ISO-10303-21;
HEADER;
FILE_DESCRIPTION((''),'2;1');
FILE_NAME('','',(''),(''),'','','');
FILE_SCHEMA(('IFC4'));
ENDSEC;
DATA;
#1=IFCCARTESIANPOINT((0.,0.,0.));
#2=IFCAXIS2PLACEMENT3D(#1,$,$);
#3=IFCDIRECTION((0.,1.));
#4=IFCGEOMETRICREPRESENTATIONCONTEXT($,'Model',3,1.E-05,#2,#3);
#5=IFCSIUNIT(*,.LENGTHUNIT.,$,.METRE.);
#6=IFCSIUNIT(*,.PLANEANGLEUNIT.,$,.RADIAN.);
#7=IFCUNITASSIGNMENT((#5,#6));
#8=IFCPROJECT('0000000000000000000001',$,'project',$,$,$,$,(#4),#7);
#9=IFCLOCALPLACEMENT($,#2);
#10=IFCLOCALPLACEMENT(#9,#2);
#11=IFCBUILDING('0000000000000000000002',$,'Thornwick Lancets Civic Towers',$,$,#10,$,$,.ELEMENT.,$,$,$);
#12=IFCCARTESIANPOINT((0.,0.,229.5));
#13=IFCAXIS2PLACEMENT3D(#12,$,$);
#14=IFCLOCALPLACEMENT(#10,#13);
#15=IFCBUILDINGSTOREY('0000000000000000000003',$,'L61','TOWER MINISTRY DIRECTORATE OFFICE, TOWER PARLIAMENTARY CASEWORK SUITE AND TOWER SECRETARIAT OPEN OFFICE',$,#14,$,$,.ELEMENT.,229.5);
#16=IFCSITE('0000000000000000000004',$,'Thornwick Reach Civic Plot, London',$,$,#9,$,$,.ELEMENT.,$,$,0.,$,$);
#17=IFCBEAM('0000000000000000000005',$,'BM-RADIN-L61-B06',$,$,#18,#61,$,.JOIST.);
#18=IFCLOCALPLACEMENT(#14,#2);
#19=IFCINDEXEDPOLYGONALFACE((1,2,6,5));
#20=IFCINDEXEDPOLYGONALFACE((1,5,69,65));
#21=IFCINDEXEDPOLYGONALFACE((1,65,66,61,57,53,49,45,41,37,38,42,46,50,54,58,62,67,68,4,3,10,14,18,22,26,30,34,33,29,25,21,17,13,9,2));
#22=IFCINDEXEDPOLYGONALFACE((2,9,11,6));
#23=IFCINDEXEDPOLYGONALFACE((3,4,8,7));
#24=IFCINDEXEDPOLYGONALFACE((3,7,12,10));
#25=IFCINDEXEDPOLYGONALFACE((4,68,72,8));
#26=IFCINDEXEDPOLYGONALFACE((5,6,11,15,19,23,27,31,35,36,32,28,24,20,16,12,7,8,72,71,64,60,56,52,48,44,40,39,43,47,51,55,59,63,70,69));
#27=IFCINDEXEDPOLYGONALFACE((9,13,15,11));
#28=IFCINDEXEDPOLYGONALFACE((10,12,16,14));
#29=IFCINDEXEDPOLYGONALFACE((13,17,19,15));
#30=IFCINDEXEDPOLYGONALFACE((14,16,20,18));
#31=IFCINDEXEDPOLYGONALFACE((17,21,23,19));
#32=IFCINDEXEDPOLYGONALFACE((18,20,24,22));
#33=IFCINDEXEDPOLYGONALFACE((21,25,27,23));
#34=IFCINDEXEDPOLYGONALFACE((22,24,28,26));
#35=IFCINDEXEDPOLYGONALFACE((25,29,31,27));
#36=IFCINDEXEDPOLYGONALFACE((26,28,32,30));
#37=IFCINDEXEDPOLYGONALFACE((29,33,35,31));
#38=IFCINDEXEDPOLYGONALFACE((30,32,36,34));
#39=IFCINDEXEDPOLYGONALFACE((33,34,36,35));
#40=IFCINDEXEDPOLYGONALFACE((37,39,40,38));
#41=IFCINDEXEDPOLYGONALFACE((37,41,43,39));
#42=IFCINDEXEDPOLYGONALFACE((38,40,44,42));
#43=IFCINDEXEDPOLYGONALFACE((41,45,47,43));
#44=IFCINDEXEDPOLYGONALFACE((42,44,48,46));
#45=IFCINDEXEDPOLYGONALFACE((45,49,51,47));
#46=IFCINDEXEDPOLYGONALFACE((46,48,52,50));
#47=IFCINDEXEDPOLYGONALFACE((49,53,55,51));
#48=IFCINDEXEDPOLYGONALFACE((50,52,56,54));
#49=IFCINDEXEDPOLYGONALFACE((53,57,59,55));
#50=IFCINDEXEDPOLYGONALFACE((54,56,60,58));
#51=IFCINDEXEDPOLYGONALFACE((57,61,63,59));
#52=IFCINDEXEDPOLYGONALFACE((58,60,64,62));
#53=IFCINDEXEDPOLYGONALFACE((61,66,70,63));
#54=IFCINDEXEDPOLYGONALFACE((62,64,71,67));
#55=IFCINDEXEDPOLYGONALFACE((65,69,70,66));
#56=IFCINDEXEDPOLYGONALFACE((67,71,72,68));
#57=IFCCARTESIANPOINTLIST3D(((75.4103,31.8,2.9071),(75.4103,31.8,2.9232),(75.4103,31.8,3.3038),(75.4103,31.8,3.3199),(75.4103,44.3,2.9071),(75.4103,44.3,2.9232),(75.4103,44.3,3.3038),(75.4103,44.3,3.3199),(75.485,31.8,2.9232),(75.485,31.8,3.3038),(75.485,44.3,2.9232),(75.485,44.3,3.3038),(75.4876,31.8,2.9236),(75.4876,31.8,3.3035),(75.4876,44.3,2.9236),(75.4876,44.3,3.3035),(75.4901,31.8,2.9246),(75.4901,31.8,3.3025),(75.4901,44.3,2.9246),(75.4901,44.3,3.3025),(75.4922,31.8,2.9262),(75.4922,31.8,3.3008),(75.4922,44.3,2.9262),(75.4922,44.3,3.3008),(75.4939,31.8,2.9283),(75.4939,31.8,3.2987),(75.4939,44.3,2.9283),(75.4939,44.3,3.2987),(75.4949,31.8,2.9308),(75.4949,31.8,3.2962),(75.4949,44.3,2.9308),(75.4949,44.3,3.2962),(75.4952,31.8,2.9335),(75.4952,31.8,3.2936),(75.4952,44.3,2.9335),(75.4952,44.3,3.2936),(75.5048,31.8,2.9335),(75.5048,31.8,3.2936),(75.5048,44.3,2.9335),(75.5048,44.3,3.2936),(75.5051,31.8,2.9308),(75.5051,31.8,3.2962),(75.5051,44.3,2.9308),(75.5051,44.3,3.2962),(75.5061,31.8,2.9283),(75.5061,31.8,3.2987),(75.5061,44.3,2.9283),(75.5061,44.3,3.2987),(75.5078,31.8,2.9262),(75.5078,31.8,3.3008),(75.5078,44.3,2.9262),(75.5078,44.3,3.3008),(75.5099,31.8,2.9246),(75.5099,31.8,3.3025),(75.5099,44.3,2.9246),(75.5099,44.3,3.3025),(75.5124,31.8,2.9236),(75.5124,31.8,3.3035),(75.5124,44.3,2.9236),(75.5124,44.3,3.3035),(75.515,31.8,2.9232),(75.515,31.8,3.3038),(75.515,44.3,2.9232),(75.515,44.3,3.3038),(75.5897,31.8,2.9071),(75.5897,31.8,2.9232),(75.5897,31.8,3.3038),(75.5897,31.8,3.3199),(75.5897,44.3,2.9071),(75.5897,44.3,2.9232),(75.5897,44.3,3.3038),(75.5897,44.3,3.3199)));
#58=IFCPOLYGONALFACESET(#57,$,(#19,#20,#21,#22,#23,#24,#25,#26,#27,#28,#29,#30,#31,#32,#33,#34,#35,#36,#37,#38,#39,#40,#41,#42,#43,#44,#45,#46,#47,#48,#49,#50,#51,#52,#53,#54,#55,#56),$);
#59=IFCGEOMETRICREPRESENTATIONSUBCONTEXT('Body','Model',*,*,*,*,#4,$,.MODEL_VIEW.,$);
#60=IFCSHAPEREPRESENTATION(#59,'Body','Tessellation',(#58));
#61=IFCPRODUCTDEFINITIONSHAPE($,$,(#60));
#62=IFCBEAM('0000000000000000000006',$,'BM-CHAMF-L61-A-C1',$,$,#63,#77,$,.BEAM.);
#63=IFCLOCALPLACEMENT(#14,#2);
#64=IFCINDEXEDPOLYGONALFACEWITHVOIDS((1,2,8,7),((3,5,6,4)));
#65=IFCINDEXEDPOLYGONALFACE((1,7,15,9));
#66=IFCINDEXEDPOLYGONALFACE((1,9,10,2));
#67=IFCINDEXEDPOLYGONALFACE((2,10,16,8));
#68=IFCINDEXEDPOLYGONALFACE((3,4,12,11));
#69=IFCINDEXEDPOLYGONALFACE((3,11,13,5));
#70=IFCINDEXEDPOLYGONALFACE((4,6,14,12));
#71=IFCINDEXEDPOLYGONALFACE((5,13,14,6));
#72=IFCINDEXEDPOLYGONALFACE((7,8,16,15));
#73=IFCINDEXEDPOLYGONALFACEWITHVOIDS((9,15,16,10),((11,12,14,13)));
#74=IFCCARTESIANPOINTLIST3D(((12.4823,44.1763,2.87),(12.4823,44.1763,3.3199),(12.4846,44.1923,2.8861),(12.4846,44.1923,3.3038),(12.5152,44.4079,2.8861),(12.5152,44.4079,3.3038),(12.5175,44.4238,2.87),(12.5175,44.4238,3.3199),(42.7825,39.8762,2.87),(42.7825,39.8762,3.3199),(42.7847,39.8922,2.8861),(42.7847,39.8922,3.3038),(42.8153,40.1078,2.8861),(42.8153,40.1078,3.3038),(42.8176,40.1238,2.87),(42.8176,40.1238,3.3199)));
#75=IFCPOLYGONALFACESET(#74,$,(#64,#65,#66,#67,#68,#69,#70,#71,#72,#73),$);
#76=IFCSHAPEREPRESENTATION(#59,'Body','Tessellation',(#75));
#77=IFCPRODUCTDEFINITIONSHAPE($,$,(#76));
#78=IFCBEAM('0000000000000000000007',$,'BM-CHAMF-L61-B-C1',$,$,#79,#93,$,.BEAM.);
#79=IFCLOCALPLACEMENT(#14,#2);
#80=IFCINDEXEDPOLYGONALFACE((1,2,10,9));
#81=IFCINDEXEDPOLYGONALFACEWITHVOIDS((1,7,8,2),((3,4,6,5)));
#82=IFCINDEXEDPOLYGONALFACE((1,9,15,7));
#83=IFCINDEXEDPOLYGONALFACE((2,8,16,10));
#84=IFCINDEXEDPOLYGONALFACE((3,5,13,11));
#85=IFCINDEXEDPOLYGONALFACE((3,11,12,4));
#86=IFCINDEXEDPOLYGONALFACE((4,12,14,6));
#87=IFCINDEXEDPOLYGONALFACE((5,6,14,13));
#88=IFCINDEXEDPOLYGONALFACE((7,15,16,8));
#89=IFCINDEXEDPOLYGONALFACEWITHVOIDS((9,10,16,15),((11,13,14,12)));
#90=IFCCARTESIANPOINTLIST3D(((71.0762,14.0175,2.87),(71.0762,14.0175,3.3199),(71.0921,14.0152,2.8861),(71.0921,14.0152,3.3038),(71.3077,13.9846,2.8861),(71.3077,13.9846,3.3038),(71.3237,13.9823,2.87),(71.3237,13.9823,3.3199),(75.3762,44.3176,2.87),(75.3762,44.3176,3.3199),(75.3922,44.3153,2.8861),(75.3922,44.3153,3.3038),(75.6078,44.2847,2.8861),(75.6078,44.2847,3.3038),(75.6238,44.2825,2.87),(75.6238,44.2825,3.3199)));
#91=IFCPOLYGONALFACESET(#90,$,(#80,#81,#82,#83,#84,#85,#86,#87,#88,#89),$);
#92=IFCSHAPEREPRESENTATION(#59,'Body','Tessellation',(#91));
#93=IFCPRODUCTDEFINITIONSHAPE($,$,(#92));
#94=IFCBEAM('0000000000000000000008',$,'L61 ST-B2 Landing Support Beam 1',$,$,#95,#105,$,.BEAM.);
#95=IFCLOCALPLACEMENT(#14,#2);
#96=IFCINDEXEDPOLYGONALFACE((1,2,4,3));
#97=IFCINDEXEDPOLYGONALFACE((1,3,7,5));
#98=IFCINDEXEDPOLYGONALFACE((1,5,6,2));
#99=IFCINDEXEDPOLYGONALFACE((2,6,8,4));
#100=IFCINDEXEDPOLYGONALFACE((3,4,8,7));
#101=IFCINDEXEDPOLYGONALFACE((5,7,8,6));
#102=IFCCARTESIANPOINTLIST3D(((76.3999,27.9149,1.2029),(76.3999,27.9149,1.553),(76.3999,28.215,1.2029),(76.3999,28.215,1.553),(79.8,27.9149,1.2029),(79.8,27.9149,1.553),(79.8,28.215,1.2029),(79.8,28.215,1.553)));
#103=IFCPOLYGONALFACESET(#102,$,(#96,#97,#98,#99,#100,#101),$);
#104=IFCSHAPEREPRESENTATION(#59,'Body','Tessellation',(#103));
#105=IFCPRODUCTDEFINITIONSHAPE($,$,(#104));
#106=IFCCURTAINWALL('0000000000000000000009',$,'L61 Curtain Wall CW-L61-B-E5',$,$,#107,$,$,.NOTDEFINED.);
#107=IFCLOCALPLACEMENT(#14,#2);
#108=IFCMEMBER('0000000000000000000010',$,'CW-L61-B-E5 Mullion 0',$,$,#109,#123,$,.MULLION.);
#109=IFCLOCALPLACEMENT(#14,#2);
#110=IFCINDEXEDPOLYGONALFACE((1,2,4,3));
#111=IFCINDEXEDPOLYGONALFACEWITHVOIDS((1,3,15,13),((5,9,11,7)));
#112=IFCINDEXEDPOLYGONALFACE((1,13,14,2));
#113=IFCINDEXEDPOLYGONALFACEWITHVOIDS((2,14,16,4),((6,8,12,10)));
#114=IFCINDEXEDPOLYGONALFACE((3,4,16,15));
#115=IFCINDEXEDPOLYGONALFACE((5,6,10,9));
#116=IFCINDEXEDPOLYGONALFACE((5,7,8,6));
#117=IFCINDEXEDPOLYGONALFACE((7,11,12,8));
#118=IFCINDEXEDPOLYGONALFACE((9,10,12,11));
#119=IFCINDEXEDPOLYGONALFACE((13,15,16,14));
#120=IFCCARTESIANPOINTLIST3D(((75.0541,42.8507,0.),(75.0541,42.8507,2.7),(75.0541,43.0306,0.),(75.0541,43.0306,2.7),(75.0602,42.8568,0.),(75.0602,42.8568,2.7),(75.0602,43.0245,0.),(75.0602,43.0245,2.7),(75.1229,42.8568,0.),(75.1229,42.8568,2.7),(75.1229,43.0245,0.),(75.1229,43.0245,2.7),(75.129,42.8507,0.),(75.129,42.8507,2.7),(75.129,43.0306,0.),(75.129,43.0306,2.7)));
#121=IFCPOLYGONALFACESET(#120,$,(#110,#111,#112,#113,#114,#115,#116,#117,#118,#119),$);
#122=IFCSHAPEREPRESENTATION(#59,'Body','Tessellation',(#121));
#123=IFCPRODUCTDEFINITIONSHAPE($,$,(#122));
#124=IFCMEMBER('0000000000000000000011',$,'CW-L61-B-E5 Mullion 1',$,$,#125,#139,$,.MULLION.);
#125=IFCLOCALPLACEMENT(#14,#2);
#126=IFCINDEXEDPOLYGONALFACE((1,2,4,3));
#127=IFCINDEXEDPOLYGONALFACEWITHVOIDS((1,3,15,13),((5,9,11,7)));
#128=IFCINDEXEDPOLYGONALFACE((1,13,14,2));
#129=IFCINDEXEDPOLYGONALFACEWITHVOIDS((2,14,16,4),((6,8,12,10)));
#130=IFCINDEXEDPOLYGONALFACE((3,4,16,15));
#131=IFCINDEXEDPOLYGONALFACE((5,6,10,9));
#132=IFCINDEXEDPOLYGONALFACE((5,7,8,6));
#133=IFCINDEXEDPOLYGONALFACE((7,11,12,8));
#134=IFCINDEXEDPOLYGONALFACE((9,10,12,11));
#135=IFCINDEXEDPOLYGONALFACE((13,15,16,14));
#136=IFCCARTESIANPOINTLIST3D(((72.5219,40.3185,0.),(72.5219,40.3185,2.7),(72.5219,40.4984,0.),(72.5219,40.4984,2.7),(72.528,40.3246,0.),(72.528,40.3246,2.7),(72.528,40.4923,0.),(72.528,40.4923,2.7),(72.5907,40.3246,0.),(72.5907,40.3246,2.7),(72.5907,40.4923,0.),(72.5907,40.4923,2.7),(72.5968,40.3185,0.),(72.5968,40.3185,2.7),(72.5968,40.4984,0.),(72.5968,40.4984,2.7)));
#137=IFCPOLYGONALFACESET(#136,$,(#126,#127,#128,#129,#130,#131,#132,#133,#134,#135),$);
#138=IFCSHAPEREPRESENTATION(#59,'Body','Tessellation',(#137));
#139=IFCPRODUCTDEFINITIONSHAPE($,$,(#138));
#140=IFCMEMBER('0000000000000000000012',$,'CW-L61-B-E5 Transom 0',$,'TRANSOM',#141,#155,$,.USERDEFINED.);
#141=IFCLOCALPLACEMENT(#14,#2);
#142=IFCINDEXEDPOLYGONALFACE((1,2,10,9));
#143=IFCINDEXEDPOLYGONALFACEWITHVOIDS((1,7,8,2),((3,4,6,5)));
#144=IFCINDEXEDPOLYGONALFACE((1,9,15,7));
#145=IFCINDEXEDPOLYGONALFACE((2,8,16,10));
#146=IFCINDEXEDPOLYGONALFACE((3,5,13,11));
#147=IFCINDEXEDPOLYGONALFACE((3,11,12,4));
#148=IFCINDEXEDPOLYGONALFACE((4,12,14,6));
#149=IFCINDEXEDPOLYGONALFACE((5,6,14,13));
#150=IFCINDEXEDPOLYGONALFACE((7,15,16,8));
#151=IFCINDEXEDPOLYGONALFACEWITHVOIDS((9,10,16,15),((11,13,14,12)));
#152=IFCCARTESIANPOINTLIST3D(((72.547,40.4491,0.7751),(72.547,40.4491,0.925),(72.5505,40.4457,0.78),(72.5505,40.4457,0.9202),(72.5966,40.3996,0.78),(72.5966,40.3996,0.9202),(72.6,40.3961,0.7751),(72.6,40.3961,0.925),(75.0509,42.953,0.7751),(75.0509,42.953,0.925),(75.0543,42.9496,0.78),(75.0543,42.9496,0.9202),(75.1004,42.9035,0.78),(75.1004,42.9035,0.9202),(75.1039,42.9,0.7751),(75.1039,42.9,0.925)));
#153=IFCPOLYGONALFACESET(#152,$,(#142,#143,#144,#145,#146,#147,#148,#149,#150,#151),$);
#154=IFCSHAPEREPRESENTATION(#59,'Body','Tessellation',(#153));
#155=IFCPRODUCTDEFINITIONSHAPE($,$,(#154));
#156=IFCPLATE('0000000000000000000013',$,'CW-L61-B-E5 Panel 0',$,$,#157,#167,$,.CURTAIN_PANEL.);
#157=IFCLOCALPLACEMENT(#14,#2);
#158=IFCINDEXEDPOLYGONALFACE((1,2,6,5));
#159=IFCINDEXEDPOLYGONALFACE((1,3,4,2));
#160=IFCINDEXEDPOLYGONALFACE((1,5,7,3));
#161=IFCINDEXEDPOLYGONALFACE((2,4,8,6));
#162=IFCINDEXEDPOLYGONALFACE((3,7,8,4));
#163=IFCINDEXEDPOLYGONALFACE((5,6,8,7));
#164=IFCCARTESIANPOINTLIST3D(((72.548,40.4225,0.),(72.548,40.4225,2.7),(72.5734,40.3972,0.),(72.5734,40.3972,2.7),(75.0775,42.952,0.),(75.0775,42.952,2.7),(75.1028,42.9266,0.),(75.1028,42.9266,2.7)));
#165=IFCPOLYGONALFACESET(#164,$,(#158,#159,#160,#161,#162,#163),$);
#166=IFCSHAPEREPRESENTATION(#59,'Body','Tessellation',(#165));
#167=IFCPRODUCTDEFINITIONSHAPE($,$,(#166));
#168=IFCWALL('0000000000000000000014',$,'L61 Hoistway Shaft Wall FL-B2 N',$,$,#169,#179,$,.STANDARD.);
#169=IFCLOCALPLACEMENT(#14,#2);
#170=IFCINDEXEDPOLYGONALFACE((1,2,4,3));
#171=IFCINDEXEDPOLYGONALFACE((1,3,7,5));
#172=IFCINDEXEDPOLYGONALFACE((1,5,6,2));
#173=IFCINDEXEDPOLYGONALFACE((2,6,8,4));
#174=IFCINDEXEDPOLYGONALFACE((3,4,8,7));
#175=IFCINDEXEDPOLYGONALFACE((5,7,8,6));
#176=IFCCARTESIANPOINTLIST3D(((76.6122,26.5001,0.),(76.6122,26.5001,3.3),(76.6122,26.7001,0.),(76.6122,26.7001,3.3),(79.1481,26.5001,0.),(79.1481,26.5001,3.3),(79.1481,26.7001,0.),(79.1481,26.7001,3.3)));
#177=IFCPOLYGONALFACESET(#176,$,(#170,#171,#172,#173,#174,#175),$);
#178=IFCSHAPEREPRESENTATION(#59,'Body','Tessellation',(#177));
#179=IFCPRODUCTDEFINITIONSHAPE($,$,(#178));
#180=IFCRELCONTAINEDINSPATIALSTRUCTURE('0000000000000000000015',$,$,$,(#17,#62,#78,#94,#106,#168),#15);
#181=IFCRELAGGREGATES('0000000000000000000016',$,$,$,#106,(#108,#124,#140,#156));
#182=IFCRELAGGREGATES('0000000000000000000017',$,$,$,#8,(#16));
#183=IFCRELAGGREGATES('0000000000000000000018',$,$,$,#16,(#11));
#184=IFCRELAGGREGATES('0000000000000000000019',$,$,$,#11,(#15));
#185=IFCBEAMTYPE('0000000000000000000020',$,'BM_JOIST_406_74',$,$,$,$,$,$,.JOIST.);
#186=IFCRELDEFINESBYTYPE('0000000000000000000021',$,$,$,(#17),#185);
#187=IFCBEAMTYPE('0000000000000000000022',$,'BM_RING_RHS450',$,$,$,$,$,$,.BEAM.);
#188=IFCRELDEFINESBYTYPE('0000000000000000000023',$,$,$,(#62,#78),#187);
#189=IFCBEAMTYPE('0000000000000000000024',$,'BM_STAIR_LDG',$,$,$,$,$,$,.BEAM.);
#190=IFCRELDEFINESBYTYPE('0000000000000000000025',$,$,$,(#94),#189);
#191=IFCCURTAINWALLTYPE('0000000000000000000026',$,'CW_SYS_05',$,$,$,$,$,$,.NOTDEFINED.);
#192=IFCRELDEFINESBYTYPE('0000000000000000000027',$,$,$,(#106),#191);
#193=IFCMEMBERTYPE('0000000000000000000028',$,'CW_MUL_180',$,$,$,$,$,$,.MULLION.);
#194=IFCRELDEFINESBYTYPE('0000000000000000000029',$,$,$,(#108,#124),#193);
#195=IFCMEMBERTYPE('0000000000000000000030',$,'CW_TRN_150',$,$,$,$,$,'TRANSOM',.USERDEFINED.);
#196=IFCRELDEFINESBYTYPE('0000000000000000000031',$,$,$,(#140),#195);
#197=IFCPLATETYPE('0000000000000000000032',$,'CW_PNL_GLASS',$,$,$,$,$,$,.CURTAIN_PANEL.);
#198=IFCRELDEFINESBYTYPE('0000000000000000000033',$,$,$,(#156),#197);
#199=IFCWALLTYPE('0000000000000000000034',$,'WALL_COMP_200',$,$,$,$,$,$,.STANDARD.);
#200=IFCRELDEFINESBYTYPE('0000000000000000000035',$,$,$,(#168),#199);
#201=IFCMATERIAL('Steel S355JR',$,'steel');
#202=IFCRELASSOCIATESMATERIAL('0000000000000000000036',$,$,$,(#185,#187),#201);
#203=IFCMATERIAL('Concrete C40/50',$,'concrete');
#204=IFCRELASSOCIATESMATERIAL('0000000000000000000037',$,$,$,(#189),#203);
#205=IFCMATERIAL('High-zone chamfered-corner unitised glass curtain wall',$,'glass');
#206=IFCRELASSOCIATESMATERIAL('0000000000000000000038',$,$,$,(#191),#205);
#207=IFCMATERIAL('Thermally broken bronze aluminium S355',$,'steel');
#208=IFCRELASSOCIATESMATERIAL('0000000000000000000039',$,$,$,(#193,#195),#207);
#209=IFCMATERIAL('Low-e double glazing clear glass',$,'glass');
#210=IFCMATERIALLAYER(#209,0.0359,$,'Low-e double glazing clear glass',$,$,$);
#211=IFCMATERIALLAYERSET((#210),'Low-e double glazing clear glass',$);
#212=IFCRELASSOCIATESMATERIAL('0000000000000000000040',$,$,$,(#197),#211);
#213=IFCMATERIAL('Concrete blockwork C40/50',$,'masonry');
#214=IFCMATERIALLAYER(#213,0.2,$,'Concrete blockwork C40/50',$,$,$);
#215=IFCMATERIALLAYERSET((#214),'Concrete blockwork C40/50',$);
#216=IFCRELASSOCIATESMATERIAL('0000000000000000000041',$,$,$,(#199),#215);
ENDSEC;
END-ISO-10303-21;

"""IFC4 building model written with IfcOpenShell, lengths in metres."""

from ifc_helpers import new_model, si_unit, direction, frame, frame_2d, origin, origin_2d, place, context, subcontext, project, spatial, rectangle, hollow_rectangle, i_section, extrude, material, layer, layer_set, material_profile, profile_set, type_object, element, aggregate, save


model = new_model("IFC4")

# Units and contexts
model_context = context("Model", 3, precision=1e-05, world=origin(), true_north=direction((0.0, 1.0)))
body_context = subcontext(model_context, "Body", "Model", "MODEL_VIEW")
ifc_project = project(units=[si_unit("LENGTHUNIT", "METRE"), si_unit("PLANEANGLEUNIT", "RADIAN")], contexts=[model_context])

# Site, building, storey
site_placement = place(None, origin())
site = spatial("IfcSite", under=ifc_project, at=site_placement, Name="Thornwick Reach Civic Plot, London", CompositionType="ELEMENT", RefElevation=0.0)
building_placement = place(site_placement, origin())
building = spatial("IfcBuilding", under=site, at=building_placement, Name="Thornwick Lancets Civic Towers", CompositionType="ELEMENT")
storey_placement = place(building_placement, frame((0.0, 0.0, 229.5)))
storey = spatial("IfcBuildingStorey", under=building, at=storey_placement, Name="L61", Description="TOWER MINISTRY DIRECTORATE OFFICE, TOWER PARLIAMENTARY CASEWORK SUITE AND TOWER SECRETARIAT OPEN OFFICE", CompositionType="ELEMENT", Elevation=229.5)

# Beams
ifc_material_1 = material(Name="Steel S355JR", Category="steel")
ifc_material_profile_1 = material_profile(ifc_material_1, i_section(OverallWidth=0.1794, OverallDepth=0.4128, WebThickness=0.0095, FlangeThickness=0.0161, FilletRadius=0.0103, at=origin_2d()), Name="UKB 406x178x74")
ifc_profile_set_1 = profile_set([ifc_material_profile_1], Name="Steel S355JR")
beam_type_1 = type_object("IfcBeamType", Name="BM_JOIST_406_74", PredefinedType="JOIST", material=ifc_profile_set_1)
beam_1_placement = place(storey_placement, frame((75.5, 31.8, 3.1135), z_axis=(0.0, 1.0, 0.0), x_axis=(-1.0, 0.0, 0.0)))
element("IfcBeam", 1, at=beam_1_placement, inside=storey, type_object=beam_type_1, Name="BM-RADIN-L61-B06", PredefinedType="JOIST", context=body_context, shape_type="SweptSolid", body=[
    extrude(i_section(OverallWidth=0.1794, OverallDepth=0.4128, WebThickness=0.0095, FlangeThickness=0.0161, FilletRadius=0.0103, at=origin_2d()), origin(), (0.0, 0.0, 1.0), 12.5),
])
ifc_material_profile_2 = material_profile(ifc_material_1, hollow_rectangle(XDim=0.25, YDim=0.45, WallThickness=0.0161, at=origin_2d()), Name="RHS 450x250x16")
ifc_profile_set_2 = profile_set([ifc_material_profile_2], Name="Steel S355JR")
beam_type_2 = type_object("IfcBeamType", Name="BM_RING_RHS450", PredefinedType="BEAM", material=ifc_profile_set_2)
for number, where, z_axis, x_axis, name in (
    (2, (42.8, 40.0, 3.095), (-0.99008, 0.140508, 0.0), (-0.140508, -0.99008, 0.0), "BM-CHAMF-L61-A-C1"),
    (3, (75.5, 44.3, 3.095), (-0.140508, -0.99008, 0.0), (0.99008, -0.140508, 0.0), "BM-CHAMF-L61-B-C1"),
):
    element("IfcBeam", number, at=place(storey_placement, frame(where, z_axis=z_axis, x_axis=x_axis)), inside=storey, type_object=beam_type_2, Name=name, PredefinedType="BEAM", context=body_context, shape_type="SweptSolid", body=[
        extrude(hollow_rectangle(XDim=0.25, YDim=0.45, WallThickness=0.0161, at=origin_2d()), origin(), (0.0, 0.0, 1.0), 30.6038),
    ])
ifc_material_2 = material(Name="Concrete C40/50", Category="concrete")
ifc_material_profile_3 = material_profile(ifc_material_2, rectangle(XDim=0.3, YDim=0.3501, at=origin_2d()), Name="RC 300x350")
ifc_profile_set_3 = profile_set([ifc_material_profile_3], Name="Concrete C40/50")
beam_type_3 = type_object("IfcBeamType", Name="BM_STAIR_LDG", PredefinedType="BEAM", material=ifc_profile_set_3)
beam_2_placement = place(storey_placement, frame((76.3999, 28.0649, 1.3779), z_axis=(1.0, 0.0, 0.0), x_axis=(0.0, 1.0, 0.0)))
element("IfcBeam", 4, at=beam_2_placement, inside=storey, type_object=beam_type_3, Name="L61 ST-B2 Landing Support Beam 1", PredefinedType="BEAM", context=body_context, shape_type="SweptSolid", body=[
    extrude(rectangle(XDim=0.3, YDim=0.3501, at=origin_2d()), origin(), (0.0, 0.0, 1.0), 3.4001),
])

# Curtain wall, members, plate
ifc_material_3 = material(Name="High-zone chamfered-corner unitised glass curtain wall", Category="glass")
curtain_wall_type = type_object("IfcCurtainWallType", Name="CW_SYS_05", PredefinedType="NOTDEFINED", material=ifc_material_3)
curtain_wall_placement = place(storey_placement, origin())
curtain_wall = element("IfcCurtainWall", 5, at=curtain_wall_placement, inside=storey, type_object=curtain_wall_type, Name="L61 Curtain Wall CW-L61-B-E5", PredefinedType="NOTDEFINED")
ifc_material_4 = material(Name="Thermally broken bronze aluminium S355", Category="steel")
ifc_material_profile_4 = material_profile(ifc_material_4, hollow_rectangle(XDim=0.075, YDim=0.1799, WallThickness=0.0061, at=origin_2d()), Name="RHS 180x75x6")
ifc_profile_set_4 = profile_set([ifc_material_profile_4], Name="Thermally broken bronze aluminium S355")
member_type_1 = type_object("IfcMemberType", Name="CW_MUL_180", PredefinedType="MULLION", material=ifc_profile_set_4)
member_1_placement = place(storey_placement, frame((75.0916, 42.9407, 0.0), z_axis=(0.0, 0.0, 1.0), x_axis=(1.0, 0.0, 0.0)))
member_1 = element("IfcMember", 6, at=member_1_placement, type_object=member_type_1, Name="CW-L61-B-E5 Mullion 0", PredefinedType="MULLION", context=body_context, shape_type="SweptSolid", body=[
    extrude(hollow_rectangle(XDim=0.075, YDim=0.1799, WallThickness=0.0061, at=origin_2d()), origin(), (0.0, 0.0, 1.0), 2.7),
])
member_2_placement = place(storey_placement, frame((72.5593, 40.4084, 0.0), z_axis=(0.0, 0.0, 1.0), x_axis=(1.0, 0.0, 0.0)))
member_2 = element("IfcMember", 7, at=member_2_placement, type_object=member_type_1, Name="CW-L61-B-E5 Mullion 1", PredefinedType="MULLION", context=body_context, shape_type="SweptSolid", body=[
    extrude(hollow_rectangle(XDim=0.075, YDim=0.1799, WallThickness=0.0061, at=origin_2d()), origin(), (0.0, 0.0, 1.0), 2.7),
])
ifc_material_profile_5 = material_profile(ifc_material_4, hollow_rectangle(XDim=0.075, YDim=0.1499, WallThickness=0.0049, at=origin_2d()), Name="RHS 150x75x5")
ifc_profile_set_5 = profile_set([ifc_material_profile_5], Name="Thermally broken bronze aluminium S355")
member_type_2 = type_object("IfcMemberType", Name="CW_TRN_150", ElementType="TRANSOM", PredefinedType="USERDEFINED", material=ifc_profile_set_5)
member_3_placement = place(storey_placement, frame((75.0774, 42.9265, 0.8501), z_axis=(-0.707107, -0.707107, 0.0), x_axis=(0.707107, -0.707107, 0.0)))
member_3 = element("IfcMember", 8, at=member_3_placement, type_object=member_type_2, Name="CW-L61-B-E5 Transom 0", ObjectType="TRANSOM", PredefinedType="USERDEFINED", context=body_context, shape_type="SweptSolid", body=[
    extrude(hollow_rectangle(XDim=0.075, YDim=0.1499, WallThickness=0.0049, at=origin_2d()), origin(), (0.0, 0.0, 1.0), 3.541),
])
ifc_material_5 = material(Name="Low-e double glazing clear glass", Category="glass")
ifc_layer_1 = layer(ifc_material_5, 0.0359, Name="Low-e double glazing clear glass")
ifc_layer_set_1 = layer_set([ifc_layer_1], Name="Low-e double glazing clear glass")
plate_type = type_object("IfcPlateType", Name="CW_PNL_GLASS", PredefinedType="CURTAIN_PANEL", material=ifc_layer_set_1)
plate_placement = place(storey_placement, frame((73.8254, 41.6746, 0.0), z_axis=(0.0, 0.0, 1.0), x_axis=(-0.707107, -0.707107, 0.0)))
plate = element("IfcPlate", 9, at=plate_placement, type_object=plate_type, Name="CW-L61-B-E5 Panel 0", PredefinedType="CURTAIN_PANEL", context=body_context, shape_type="SweptSolid", body=[
    extrude(rectangle(XDim=3.5771, YDim=0.0359, at=origin_2d()), origin(), (0.0, 0.0, 1.0), 2.7),
])
aggregate(curtain_wall, [member_1, member_2, member_3, plate])

# Wall
ifc_material_6 = material(Name="Concrete blockwork C40/50", Category="masonry")
ifc_layer_2 = layer(ifc_material_6, 0.2, Name="Concrete blockwork C40/50")
ifc_layer_set_2 = layer_set([ifc_layer_2], Name="Concrete blockwork C40/50")
wall_type_1 = type_object("IfcWallType", Name="WALL_COMP_200", PredefinedType="STANDARD", material=ifc_layer_set_2)
for number, where, z_axis, x_axis, name in (
    (10, (76.6121, 26.6001, 0.0), (0.0, 0.0, 1.0), (1.0, 0.0, 0.0), "L61 Hoistway Shaft Wall FL-B2 N"),
):
    element("IfcWall", number, at=place(storey_placement, frame(where, z_axis=z_axis, x_axis=x_axis)), inside=storey, type_object=wall_type_1, Name=name, PredefinedType="STANDARD", context=body_context, shape_type="SweptSolid", body=[
        extrude(rectangle(XDim=2.5359, YDim=0.2, at=frame_2d((1.2681, 0.0))), origin(), (0.0, 0.0, 1.0), 3.3),
    ])

save(model, "model.ifc")
